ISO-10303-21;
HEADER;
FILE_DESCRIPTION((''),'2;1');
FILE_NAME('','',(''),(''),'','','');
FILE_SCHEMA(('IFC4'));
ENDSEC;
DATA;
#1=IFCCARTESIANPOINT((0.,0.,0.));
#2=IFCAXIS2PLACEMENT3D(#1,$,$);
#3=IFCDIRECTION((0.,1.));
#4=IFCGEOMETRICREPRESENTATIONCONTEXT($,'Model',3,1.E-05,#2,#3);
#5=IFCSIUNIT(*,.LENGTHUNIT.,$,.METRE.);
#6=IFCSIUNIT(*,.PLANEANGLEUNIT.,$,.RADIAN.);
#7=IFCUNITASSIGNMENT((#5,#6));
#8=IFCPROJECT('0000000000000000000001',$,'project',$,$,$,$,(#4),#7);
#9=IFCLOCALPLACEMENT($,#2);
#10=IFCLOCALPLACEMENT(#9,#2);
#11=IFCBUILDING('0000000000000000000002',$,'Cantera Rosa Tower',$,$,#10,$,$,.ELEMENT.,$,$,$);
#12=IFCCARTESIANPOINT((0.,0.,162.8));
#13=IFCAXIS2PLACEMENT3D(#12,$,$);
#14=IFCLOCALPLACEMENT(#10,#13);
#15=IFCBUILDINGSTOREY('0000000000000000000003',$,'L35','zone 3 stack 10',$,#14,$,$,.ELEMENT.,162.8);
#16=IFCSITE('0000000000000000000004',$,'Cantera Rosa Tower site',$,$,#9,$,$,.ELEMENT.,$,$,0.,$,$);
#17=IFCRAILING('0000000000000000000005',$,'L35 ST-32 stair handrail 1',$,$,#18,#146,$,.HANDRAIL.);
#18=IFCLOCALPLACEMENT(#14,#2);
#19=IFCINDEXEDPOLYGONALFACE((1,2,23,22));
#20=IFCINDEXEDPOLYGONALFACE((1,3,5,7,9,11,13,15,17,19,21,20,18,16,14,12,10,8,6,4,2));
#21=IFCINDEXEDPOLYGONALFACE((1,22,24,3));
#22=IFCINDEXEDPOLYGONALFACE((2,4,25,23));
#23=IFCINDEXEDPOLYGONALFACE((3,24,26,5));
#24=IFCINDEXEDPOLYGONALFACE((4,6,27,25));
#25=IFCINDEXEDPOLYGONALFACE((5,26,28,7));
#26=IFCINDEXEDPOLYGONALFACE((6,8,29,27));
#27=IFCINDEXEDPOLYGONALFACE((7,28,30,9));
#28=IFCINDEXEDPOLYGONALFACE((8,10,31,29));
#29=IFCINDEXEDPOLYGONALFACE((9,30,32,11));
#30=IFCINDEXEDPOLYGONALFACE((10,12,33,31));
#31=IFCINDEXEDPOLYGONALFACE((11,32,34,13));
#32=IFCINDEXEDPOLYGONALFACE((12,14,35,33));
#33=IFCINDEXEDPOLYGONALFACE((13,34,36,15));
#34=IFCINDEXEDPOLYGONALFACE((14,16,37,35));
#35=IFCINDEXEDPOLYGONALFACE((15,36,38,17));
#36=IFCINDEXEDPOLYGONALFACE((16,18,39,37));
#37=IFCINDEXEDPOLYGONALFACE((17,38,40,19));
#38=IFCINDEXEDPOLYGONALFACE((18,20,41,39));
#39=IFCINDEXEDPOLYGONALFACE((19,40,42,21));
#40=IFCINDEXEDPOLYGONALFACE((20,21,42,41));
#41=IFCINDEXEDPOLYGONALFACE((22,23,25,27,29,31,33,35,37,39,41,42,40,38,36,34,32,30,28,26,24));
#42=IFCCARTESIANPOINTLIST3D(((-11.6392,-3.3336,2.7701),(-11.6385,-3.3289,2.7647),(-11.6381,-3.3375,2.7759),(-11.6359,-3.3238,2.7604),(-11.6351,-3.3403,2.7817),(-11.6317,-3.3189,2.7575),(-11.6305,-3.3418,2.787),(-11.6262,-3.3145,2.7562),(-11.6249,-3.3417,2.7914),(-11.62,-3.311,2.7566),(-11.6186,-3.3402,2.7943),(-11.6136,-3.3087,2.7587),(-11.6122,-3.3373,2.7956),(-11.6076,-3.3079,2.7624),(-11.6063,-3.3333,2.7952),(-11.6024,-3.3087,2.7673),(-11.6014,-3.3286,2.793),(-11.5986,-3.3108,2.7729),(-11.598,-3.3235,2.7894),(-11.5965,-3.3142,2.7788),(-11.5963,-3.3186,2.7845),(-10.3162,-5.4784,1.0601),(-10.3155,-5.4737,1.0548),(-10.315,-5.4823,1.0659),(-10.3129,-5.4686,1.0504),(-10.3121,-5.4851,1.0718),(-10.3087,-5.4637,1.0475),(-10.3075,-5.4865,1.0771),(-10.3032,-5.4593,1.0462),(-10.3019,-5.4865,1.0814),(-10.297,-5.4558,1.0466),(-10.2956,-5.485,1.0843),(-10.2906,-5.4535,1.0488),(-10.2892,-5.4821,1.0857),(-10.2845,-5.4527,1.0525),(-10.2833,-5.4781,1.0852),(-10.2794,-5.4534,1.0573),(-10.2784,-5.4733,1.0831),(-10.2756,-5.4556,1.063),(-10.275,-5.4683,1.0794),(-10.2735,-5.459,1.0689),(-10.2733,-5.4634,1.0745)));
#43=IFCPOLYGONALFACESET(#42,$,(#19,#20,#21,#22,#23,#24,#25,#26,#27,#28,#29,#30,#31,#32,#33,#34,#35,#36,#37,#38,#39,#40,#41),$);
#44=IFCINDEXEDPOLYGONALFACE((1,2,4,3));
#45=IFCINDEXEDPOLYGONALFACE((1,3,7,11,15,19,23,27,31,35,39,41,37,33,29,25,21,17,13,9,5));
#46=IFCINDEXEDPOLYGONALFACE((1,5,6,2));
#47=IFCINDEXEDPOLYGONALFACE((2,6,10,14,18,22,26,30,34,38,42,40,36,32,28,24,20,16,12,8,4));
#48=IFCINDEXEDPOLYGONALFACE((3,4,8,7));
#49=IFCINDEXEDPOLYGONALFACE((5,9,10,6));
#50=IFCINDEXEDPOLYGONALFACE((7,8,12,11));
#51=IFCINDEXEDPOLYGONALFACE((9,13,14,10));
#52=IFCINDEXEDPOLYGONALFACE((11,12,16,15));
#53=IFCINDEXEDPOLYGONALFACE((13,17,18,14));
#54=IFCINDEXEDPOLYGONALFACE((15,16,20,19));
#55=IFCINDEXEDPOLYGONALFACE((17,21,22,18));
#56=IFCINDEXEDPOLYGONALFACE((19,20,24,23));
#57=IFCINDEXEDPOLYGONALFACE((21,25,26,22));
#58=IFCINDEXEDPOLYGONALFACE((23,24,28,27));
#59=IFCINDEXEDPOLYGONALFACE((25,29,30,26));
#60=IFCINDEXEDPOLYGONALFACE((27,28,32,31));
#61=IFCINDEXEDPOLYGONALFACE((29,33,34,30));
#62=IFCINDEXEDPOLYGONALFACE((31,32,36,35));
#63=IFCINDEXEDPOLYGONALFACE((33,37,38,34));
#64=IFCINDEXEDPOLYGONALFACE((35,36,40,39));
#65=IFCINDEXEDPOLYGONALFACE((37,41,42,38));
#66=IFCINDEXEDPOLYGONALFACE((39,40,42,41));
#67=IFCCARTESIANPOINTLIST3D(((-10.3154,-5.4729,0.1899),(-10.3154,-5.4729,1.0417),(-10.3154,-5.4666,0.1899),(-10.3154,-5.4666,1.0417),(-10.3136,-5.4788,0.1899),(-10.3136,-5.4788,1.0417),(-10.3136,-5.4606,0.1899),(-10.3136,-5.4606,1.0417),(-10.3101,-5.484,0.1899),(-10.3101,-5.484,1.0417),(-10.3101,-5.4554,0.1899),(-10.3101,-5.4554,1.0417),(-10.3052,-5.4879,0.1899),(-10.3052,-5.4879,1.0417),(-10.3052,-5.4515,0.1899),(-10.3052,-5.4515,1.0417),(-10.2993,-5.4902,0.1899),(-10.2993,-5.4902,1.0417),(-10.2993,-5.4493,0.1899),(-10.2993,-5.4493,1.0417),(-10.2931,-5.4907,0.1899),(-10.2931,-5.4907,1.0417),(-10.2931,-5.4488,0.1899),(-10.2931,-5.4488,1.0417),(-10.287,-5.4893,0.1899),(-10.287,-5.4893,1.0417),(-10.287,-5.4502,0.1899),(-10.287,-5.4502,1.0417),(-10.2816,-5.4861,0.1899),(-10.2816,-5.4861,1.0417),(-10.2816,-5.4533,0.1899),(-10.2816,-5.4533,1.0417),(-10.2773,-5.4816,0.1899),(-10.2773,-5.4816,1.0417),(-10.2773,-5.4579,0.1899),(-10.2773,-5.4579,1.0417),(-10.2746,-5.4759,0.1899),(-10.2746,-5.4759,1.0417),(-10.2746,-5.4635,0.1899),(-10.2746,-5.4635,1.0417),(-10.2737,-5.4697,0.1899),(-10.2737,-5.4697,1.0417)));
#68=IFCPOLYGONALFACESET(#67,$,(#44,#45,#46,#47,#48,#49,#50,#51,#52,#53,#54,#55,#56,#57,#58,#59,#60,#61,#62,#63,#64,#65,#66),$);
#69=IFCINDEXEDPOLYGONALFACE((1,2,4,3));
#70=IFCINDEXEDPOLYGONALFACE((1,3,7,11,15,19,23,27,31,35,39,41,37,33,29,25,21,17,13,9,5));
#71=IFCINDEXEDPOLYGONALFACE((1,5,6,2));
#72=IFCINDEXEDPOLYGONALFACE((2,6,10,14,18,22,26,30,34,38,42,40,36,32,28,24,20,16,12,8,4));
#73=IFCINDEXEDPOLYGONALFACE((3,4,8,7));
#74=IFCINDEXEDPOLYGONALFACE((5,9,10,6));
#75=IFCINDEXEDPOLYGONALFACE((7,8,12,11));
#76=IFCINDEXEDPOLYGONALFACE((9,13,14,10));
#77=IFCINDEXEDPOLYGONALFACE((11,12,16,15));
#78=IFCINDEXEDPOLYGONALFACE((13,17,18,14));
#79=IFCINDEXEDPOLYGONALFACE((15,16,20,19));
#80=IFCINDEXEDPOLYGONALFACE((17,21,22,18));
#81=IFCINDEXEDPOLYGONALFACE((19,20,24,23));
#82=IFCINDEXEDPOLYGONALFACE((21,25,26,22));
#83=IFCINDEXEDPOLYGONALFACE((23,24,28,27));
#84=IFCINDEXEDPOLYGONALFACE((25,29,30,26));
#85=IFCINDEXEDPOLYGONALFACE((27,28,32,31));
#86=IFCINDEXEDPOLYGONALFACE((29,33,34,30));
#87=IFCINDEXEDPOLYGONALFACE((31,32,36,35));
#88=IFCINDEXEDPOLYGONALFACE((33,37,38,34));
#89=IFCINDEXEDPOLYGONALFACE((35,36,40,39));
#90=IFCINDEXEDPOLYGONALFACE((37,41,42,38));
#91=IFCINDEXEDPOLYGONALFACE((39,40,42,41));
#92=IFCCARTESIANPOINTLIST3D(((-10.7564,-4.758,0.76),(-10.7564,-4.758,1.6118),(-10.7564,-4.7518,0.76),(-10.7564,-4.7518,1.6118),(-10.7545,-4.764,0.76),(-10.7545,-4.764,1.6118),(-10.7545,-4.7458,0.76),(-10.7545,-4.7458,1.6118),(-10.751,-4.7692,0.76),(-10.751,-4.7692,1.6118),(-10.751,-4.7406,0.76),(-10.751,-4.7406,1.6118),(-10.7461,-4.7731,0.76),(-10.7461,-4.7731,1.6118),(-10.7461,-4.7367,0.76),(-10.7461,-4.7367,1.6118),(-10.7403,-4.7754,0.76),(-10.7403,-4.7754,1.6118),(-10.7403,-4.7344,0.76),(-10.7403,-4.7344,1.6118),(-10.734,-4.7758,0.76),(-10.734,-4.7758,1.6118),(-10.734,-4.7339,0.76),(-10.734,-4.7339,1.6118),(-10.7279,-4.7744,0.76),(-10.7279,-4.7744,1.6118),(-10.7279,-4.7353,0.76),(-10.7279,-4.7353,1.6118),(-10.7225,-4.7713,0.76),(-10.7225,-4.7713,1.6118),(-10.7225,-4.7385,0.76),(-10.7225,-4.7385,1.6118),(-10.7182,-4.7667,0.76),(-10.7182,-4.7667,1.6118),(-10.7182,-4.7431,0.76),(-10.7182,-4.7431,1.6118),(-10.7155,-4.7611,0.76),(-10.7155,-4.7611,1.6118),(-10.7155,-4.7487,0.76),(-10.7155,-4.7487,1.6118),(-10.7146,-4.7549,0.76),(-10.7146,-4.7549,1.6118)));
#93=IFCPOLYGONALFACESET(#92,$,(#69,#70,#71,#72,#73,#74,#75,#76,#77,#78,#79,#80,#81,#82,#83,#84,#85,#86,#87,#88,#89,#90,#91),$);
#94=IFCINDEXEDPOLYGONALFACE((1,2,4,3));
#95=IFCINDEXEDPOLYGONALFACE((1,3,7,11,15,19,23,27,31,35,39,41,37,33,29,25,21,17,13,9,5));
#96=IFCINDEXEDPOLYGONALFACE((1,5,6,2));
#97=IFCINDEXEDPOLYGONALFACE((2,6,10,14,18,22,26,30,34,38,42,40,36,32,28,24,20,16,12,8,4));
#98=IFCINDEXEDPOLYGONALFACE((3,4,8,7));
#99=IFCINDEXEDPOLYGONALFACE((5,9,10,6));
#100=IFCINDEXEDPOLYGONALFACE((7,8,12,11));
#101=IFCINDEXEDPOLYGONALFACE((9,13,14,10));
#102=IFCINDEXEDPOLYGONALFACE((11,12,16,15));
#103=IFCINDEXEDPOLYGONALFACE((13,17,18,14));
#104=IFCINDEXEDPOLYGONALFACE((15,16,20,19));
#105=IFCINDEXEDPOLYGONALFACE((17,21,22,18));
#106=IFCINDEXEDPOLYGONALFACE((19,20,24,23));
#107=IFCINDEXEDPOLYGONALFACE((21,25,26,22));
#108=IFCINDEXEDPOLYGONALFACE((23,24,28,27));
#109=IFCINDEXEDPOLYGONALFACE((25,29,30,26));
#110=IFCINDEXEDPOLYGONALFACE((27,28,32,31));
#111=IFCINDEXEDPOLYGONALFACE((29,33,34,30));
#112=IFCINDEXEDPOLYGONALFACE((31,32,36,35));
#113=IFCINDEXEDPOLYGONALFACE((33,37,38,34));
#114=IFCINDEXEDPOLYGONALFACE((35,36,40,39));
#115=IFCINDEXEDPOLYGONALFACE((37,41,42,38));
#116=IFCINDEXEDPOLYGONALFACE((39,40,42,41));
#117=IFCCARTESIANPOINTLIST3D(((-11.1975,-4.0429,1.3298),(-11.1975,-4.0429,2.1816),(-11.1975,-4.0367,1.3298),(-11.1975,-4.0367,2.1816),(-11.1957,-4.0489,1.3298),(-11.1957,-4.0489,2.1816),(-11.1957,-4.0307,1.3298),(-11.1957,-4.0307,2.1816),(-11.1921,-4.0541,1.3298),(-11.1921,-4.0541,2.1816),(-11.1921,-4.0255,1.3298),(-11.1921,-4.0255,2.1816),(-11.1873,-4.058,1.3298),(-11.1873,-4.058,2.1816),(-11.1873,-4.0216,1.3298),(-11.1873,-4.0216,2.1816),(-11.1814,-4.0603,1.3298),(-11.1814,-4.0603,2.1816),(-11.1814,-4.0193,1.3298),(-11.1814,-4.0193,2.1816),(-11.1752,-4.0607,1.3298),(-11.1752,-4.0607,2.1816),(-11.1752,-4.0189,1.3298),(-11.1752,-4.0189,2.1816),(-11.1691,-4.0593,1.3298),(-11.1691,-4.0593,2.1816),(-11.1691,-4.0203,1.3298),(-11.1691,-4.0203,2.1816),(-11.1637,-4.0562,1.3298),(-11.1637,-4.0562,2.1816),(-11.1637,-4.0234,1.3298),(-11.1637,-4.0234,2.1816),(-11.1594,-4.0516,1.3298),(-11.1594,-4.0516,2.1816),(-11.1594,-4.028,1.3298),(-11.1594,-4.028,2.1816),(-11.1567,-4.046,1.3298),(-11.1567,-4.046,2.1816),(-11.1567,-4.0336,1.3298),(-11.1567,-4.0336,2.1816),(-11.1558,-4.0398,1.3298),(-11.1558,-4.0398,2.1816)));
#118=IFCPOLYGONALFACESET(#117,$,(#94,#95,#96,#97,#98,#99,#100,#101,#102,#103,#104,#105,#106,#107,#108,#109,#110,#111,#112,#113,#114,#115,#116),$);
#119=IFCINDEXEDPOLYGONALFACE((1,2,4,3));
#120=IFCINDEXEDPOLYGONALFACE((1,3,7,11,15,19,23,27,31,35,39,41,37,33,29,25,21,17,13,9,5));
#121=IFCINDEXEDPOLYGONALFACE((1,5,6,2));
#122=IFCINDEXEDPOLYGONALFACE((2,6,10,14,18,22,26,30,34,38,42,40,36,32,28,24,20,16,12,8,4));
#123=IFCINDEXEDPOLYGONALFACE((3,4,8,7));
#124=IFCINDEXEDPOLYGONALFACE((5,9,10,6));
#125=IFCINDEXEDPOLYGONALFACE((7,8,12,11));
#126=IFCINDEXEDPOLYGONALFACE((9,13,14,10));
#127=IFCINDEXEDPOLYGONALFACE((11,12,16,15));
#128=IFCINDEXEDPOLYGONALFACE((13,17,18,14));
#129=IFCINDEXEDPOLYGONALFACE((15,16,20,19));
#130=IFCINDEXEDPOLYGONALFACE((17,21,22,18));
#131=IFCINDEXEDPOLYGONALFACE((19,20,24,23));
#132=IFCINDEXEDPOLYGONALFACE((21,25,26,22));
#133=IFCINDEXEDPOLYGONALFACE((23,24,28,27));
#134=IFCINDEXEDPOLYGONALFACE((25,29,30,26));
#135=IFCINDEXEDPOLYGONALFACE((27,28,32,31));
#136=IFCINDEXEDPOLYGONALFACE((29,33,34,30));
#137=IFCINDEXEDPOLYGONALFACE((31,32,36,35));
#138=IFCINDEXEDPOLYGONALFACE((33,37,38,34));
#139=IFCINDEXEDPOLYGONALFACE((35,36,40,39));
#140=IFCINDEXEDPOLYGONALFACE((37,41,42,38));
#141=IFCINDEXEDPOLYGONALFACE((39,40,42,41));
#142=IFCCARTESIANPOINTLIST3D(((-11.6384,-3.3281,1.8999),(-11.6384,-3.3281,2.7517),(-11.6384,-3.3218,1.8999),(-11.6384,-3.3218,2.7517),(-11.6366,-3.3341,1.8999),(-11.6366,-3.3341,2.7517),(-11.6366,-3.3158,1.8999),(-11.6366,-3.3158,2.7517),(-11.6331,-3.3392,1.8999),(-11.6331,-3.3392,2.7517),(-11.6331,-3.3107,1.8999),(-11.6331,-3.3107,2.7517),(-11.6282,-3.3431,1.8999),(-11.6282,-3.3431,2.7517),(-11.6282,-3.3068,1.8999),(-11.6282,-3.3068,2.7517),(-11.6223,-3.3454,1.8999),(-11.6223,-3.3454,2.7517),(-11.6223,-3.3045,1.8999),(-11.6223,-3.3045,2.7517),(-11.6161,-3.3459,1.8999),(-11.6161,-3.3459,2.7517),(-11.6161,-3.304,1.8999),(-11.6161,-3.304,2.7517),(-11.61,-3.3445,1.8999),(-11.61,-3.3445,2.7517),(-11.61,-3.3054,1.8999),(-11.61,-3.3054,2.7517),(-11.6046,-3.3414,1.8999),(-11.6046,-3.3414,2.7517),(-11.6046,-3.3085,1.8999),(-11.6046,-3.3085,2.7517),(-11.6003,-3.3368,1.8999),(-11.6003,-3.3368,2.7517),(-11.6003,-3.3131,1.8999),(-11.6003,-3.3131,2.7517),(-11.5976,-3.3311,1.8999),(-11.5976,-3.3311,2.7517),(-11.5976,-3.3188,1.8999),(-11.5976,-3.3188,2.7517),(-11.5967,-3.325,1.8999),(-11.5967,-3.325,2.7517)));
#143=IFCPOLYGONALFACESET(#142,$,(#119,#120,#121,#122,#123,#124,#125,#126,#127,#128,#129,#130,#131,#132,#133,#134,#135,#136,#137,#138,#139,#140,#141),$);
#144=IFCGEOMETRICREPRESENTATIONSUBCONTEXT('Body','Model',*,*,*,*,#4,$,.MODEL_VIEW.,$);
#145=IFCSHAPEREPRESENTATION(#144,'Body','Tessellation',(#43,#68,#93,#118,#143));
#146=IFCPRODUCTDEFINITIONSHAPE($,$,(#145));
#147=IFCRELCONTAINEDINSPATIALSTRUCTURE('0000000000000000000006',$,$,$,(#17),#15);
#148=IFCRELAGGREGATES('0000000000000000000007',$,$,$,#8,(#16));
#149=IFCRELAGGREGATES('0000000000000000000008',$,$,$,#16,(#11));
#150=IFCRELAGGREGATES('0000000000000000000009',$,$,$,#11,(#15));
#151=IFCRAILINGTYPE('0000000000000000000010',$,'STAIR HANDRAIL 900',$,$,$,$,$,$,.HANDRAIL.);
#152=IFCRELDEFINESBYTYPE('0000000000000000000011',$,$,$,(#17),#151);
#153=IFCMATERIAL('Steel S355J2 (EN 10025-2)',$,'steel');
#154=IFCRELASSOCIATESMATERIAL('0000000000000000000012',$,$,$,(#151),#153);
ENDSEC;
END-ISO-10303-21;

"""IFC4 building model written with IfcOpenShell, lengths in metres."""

from ifc_helpers import new_model, si_unit, direction, frame, origin, origin_2d, place, context, subcontext, project, spatial, circle, extrude, material, type_object, element, save


model = new_model("IFC4")

# Units and contexts
model_context = context("Model", 3, precision=1e-05, world=origin(), true_north=direction((0.0, 1.0)))
body_context = subcontext(model_context, "Body", "Model", "MODEL_VIEW")
ifc_project = project(units=[si_unit("LENGTHUNIT", "METRE"), si_unit("PLANEANGLEUNIT", "RADIAN")], contexts=[model_context])

# Site, building, storey
site_placement = place(None, origin())
site = spatial("IfcSite", under=ifc_project, at=site_placement, Name="Cantera Rosa Tower site", CompositionType="ELEMENT", RefElevation=0.0)
building_placement = place(site_placement, origin())
building = spatial("IfcBuilding", under=site, at=building_placement, Name="Cantera Rosa Tower", CompositionType="ELEMENT")
storey_placement = place(building_placement, frame((0.0, 0.0, 162.8)))
storey = spatial("IfcBuildingStorey", under=building, at=storey_placement, Name="L35", Description="zone 3 stack 10", CompositionType="ELEMENT", Elevation=162.8)

# Railing
ifc_material_1 = material(Name="Steel S355J2 (EN 10025-2)", Category="steel")
railing_type_1 = type_object("IfcRailingType", Name="STAIR HANDRAIL 900", PredefinedType="HANDRAIL", material=ifc_material_1)
railing_1_placement = place(storey_placement, frame((-10.2947, -5.4697, 0.1899)))
element("IfcRailing", 1, at=railing_1_placement, inside=storey, type_object=railing_type_1, Name="L35 ST-32 stair handrail 1", PredefinedType="HANDRAIL", context=body_context, shape_type="SweptSolid", body=[
    extrude(circle(Radius=0.0239, at=origin_2d()), frame((0.0, 0.0, 0.876), z_axis=(-0.434428, 0.704271, 0.561493), x_axis=(-0.851102, -0.525, 0.0)), (0.0, 0.0, 1.0), 3.0454),
    extrude(circle(Radius=0.021, at=origin_2d()), origin(), (0.0, 0.0, 1.0), 0.8518),
    extrude(circle(Radius=0.021, at=origin_2d()), frame((-0.4409, 0.7148, 0.5701)), (0.0, 0.0, 1.0), 0.8518),
    extrude(circle(Radius=0.021, at=origin_2d()), frame((-0.8821, 1.4299, 1.1399)), (0.0, 0.0, 1.0), 0.8518),
    extrude(circle(Radius=0.021, at=origin_2d()), frame((-1.323, 2.1448, 1.71)), (0.0, 0.0, 1.0), 0.8518),
])

save(model, "model.ifc")
